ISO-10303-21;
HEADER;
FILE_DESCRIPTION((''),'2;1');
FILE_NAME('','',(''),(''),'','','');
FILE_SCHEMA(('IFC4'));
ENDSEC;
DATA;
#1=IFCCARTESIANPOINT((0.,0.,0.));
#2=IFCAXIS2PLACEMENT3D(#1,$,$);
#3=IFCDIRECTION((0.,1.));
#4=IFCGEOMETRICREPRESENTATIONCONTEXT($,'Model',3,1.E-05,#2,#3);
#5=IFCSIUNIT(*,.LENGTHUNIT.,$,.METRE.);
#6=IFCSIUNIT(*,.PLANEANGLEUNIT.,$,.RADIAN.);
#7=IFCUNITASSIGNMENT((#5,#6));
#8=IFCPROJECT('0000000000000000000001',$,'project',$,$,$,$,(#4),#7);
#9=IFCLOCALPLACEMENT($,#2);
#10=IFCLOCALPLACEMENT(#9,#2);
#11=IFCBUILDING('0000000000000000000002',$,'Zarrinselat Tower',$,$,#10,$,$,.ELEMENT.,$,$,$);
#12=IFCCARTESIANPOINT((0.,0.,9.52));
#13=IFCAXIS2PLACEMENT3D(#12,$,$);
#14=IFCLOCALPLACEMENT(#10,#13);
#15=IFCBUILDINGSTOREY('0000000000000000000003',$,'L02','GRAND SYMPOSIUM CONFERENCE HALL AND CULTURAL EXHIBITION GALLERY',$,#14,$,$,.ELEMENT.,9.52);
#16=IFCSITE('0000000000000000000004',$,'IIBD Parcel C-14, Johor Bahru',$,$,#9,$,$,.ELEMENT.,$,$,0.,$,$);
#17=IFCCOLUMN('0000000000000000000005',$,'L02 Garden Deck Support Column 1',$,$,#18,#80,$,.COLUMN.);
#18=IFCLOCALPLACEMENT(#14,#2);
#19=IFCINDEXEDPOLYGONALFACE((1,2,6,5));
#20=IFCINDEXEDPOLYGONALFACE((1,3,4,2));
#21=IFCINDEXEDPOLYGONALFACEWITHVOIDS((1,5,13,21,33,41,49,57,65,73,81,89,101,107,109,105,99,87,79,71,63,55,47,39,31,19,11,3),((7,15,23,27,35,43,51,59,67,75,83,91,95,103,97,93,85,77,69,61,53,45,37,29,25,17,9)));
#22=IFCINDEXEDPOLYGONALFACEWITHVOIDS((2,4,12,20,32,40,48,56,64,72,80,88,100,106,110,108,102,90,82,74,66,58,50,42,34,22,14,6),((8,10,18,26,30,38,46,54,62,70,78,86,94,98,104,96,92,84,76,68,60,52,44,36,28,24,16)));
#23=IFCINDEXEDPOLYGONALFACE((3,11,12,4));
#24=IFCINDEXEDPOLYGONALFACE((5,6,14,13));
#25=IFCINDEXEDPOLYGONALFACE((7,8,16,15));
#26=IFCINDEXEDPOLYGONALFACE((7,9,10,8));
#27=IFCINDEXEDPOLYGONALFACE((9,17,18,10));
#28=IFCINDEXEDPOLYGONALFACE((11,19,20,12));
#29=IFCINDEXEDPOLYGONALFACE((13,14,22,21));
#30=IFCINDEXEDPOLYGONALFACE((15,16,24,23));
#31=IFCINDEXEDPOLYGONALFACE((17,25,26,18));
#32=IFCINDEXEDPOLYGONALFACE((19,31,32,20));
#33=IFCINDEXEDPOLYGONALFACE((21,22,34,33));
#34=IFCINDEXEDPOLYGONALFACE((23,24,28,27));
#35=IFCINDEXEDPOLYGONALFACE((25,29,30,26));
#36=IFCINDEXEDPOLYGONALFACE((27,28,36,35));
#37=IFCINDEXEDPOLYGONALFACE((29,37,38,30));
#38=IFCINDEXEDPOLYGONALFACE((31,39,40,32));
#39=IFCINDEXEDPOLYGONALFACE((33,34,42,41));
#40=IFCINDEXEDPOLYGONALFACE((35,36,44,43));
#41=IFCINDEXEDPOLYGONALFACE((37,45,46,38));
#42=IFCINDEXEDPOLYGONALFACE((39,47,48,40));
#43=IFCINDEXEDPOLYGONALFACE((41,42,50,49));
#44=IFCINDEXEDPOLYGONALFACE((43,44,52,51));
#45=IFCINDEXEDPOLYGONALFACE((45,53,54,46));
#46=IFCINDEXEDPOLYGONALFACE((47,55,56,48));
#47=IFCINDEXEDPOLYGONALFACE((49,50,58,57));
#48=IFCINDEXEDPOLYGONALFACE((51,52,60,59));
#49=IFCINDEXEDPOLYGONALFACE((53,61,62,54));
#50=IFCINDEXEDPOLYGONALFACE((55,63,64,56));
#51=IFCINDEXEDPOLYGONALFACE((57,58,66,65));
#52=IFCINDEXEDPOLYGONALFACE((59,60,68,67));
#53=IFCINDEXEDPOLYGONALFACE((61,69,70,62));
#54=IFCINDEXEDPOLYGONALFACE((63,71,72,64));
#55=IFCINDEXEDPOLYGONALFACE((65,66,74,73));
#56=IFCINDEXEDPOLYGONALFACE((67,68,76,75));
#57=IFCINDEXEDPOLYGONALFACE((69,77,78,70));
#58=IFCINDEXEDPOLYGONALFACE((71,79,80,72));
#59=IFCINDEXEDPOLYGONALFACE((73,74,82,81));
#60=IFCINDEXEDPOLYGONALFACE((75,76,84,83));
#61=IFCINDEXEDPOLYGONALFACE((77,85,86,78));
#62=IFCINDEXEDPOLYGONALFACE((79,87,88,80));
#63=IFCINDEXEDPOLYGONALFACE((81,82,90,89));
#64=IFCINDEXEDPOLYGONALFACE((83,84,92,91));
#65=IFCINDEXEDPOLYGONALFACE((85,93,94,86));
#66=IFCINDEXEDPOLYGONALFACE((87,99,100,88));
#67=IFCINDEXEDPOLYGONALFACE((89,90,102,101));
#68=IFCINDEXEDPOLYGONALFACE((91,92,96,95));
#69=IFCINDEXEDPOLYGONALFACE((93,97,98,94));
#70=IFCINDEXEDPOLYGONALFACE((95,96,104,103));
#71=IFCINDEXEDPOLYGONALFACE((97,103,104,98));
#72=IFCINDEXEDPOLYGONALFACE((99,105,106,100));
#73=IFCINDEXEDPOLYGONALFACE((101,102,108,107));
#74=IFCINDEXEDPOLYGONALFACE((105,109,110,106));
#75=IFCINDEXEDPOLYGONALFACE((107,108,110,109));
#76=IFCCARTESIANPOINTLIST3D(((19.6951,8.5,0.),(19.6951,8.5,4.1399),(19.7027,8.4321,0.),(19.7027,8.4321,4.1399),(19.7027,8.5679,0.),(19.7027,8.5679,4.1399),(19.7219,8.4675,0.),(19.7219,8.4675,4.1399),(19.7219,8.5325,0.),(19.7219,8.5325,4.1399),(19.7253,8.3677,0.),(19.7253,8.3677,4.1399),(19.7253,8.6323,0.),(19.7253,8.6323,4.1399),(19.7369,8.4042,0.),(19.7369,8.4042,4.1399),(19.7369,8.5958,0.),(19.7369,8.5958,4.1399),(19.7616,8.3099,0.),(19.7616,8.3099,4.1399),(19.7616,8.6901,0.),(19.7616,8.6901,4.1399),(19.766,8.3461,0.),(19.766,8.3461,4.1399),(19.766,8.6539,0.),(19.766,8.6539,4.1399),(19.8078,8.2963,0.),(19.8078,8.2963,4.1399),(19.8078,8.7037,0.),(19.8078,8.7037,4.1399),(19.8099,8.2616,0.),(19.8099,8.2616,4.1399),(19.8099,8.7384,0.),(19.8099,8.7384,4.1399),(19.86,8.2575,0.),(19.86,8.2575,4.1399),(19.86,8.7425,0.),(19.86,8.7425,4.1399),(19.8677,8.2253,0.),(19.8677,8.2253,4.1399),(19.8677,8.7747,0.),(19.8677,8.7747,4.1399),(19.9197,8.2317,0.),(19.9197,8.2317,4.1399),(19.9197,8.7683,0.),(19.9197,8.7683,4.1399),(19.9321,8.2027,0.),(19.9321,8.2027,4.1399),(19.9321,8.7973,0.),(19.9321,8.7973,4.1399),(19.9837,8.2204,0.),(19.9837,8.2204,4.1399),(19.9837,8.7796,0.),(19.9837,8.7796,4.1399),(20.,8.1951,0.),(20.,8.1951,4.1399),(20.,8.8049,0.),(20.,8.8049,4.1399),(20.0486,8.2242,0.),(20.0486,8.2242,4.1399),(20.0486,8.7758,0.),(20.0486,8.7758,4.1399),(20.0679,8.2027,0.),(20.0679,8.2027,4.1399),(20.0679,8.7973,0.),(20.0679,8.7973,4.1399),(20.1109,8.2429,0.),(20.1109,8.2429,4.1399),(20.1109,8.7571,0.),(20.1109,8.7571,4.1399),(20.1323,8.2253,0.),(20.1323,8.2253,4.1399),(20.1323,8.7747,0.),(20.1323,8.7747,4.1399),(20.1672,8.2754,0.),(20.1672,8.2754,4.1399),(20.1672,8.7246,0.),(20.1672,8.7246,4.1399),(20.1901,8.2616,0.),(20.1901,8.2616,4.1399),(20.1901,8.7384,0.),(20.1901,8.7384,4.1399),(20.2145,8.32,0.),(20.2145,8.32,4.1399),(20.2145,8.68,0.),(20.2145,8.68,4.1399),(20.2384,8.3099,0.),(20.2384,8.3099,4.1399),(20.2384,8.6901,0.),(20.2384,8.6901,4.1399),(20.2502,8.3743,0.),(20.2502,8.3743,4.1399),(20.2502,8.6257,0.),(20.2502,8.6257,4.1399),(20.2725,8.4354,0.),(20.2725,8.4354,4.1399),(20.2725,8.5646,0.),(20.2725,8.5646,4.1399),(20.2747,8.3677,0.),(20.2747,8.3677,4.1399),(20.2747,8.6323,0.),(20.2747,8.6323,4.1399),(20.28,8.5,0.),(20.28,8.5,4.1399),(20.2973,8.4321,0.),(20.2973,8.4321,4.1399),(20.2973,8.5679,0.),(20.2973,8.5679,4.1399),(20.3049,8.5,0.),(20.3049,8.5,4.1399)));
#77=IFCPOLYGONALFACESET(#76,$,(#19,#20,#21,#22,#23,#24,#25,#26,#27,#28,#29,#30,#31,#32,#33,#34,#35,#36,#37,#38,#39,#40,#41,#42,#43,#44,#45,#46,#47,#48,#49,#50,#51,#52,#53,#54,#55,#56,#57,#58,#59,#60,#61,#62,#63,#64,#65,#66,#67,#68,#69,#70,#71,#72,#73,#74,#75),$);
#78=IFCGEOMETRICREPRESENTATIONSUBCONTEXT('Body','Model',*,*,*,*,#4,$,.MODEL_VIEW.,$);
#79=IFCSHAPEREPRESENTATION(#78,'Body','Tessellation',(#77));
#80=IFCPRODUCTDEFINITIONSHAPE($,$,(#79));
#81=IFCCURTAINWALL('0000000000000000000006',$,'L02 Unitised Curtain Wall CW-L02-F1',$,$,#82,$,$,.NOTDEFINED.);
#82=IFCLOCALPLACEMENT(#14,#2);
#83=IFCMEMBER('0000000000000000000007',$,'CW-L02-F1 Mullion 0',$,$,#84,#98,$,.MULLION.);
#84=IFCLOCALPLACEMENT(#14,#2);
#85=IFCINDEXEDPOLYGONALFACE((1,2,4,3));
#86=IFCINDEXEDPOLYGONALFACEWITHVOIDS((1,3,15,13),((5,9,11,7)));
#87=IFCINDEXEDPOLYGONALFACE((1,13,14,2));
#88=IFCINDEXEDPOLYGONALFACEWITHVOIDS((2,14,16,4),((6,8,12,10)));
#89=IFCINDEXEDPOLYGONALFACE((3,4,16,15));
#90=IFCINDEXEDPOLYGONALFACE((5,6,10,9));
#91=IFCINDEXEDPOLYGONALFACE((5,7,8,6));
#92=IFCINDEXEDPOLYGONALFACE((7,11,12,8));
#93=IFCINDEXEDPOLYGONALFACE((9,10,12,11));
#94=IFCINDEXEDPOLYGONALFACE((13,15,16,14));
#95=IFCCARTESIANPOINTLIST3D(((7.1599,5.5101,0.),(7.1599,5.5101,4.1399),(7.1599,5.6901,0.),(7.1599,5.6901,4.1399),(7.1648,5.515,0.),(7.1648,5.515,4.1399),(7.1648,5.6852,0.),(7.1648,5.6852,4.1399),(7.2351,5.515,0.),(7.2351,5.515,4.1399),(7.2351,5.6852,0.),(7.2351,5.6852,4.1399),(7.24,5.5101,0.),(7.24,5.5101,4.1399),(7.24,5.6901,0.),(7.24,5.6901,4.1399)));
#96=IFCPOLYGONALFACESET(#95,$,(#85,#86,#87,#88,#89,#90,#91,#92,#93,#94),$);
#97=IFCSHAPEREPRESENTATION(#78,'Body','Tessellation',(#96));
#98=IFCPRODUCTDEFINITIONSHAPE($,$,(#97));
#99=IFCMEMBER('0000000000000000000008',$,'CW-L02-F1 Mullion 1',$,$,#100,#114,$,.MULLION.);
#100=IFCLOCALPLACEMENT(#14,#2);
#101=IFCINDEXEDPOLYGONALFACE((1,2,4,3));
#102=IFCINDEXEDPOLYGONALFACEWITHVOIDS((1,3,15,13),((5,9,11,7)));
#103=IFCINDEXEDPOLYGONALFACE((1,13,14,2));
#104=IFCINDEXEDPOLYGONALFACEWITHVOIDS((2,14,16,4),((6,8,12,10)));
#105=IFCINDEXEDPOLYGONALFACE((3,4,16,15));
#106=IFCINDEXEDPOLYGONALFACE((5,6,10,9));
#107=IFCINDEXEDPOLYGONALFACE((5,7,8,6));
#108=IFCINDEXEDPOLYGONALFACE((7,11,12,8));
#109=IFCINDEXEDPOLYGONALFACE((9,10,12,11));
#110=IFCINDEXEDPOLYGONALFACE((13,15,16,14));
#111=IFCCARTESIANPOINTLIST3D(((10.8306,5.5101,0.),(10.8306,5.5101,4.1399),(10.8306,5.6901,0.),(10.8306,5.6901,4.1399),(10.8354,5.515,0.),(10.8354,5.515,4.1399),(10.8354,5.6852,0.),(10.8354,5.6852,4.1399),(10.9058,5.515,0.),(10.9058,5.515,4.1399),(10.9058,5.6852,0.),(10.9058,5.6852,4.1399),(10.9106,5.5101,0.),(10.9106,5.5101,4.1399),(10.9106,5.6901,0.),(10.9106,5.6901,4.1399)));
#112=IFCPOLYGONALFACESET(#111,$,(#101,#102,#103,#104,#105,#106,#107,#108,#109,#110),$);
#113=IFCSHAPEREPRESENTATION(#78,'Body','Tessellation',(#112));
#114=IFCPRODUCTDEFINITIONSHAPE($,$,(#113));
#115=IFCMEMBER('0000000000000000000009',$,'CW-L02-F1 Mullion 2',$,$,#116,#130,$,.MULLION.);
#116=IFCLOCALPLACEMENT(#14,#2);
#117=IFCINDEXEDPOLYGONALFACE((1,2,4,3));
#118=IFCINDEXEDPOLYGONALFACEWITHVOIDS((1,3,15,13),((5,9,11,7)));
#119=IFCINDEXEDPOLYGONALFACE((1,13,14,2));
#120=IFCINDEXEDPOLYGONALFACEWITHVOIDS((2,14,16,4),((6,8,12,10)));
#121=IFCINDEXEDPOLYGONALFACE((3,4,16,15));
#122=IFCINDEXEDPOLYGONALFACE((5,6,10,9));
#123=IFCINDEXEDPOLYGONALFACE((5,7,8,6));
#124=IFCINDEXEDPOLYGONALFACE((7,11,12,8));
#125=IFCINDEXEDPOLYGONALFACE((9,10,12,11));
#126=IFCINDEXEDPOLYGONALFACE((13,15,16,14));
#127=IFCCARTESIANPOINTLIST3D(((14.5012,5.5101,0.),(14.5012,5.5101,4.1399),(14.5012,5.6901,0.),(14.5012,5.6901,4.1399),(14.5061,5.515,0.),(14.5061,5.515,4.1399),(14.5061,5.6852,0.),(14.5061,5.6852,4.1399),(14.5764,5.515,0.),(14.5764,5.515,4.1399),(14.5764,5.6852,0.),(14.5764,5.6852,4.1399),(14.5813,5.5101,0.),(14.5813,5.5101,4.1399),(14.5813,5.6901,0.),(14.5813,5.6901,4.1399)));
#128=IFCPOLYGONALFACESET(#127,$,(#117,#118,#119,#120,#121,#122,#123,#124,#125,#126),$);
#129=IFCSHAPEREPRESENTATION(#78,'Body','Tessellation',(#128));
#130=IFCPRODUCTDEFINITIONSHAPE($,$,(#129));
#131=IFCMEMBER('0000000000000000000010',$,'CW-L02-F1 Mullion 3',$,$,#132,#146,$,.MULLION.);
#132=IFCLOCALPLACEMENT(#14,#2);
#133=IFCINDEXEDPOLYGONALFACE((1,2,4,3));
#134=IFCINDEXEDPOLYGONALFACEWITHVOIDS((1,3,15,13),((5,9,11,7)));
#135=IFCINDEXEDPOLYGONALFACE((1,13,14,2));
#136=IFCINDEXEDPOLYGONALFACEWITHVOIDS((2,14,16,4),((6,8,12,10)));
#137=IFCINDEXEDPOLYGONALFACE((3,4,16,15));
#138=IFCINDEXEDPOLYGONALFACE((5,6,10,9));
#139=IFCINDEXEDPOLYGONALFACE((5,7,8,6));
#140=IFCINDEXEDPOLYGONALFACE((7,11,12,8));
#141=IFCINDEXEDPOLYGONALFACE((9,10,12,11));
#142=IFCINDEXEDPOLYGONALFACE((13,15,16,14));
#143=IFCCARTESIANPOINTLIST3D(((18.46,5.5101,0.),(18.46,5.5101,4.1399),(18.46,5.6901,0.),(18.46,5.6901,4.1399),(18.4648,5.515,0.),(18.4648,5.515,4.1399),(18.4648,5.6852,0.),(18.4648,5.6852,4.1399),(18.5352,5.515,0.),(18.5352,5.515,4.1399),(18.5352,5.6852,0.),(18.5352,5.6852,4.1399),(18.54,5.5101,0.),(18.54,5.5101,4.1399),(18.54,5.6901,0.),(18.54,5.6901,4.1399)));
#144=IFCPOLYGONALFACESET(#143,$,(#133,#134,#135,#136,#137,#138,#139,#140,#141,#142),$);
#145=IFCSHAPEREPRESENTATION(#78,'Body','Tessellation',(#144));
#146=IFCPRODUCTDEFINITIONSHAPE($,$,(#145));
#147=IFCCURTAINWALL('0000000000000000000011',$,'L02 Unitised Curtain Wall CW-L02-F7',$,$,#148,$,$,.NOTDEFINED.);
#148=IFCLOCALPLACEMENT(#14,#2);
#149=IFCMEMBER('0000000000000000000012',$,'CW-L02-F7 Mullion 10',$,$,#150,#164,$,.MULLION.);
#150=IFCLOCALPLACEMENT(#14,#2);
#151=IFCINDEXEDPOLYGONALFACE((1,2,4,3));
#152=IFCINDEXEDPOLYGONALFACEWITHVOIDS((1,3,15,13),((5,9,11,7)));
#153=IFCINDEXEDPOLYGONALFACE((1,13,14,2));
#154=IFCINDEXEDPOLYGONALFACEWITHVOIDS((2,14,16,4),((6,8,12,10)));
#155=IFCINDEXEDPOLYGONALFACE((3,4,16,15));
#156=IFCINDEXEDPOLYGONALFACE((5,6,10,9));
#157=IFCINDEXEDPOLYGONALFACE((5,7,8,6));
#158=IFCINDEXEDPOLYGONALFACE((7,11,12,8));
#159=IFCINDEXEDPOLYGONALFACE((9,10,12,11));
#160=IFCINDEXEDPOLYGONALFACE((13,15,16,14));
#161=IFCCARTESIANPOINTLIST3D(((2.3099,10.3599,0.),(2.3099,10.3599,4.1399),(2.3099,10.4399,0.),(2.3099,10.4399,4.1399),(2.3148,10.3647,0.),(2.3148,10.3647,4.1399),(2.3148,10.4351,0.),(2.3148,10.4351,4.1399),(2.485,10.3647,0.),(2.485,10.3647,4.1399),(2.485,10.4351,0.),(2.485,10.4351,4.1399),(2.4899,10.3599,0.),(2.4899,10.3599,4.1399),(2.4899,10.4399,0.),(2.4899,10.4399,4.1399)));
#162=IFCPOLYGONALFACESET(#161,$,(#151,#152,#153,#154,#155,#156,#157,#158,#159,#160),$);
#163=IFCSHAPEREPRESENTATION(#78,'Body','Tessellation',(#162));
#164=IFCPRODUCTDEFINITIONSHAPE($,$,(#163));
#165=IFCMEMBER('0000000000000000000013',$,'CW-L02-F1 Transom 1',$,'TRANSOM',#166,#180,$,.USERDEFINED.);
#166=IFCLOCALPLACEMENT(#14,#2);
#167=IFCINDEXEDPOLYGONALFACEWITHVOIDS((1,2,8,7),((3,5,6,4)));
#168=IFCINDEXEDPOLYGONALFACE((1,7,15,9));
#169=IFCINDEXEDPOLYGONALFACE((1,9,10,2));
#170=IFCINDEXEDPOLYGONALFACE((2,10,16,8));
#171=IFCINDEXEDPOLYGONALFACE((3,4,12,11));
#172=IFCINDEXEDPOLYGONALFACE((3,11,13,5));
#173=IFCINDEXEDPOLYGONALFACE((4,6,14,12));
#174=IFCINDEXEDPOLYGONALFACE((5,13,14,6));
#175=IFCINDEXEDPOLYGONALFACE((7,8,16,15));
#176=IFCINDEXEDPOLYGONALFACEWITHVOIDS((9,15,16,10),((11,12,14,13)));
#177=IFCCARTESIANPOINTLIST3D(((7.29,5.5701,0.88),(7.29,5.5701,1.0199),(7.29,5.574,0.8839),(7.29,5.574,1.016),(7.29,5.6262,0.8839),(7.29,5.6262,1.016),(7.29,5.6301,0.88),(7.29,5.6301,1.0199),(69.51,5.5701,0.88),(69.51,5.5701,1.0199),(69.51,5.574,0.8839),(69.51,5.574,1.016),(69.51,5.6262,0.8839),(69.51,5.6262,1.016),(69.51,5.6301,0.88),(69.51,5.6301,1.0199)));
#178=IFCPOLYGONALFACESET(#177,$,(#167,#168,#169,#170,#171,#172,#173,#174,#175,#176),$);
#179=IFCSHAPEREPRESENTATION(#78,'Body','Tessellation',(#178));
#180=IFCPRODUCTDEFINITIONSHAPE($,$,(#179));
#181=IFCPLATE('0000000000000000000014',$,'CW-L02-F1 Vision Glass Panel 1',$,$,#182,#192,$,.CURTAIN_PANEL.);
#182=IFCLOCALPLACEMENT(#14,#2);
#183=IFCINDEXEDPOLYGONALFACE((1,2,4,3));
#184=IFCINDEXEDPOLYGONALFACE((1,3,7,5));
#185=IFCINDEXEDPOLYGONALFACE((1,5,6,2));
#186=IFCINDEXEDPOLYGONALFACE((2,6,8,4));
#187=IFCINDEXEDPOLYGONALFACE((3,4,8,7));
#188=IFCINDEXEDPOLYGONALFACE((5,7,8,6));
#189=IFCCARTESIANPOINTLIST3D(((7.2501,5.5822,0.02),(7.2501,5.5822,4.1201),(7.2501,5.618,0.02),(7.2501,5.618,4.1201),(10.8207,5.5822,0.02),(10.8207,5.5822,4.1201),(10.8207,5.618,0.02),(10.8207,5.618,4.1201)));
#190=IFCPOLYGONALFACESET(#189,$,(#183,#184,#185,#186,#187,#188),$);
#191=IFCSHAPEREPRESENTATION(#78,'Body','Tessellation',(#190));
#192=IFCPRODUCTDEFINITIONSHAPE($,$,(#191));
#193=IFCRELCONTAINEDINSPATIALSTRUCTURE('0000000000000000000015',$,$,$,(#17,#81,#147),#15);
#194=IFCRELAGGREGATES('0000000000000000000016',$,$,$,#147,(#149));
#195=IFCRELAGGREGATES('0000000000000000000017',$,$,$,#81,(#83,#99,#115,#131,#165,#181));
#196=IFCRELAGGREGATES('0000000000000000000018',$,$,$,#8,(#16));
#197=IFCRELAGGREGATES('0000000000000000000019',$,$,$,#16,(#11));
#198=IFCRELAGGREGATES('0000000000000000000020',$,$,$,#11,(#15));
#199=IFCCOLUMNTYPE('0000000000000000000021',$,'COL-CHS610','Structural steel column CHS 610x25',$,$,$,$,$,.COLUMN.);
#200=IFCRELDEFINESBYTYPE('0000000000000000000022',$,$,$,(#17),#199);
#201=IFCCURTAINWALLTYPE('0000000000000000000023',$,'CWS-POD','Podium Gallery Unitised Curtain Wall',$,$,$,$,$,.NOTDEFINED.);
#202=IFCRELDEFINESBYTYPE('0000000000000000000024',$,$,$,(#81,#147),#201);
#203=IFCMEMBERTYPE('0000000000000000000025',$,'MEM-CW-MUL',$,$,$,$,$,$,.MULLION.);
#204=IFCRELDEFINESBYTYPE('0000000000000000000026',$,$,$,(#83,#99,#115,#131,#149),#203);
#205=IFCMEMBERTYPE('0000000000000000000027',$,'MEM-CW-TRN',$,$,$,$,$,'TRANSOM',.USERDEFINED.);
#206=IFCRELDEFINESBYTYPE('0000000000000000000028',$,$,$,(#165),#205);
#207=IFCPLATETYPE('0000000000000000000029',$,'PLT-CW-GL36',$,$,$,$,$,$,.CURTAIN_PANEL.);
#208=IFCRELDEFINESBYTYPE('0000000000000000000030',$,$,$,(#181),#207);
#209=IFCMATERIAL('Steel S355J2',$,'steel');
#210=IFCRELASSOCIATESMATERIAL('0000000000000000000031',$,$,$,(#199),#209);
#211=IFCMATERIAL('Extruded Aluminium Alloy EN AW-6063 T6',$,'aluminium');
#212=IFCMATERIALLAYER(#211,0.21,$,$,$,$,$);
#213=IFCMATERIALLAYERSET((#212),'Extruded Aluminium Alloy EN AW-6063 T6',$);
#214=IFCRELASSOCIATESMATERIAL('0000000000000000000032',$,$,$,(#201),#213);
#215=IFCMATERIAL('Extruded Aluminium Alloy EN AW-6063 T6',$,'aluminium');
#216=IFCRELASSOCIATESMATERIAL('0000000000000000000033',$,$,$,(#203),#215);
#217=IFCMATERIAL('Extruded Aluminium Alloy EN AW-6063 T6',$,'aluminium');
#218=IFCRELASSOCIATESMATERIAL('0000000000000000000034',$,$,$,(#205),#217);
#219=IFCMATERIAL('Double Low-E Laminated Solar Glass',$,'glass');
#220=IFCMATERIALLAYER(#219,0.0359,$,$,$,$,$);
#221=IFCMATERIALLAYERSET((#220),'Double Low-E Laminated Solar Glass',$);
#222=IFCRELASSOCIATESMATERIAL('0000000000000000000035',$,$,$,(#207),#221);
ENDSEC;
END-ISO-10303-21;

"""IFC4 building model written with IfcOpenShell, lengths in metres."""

from ifc_helpers import new_model, si_unit, direction, frame, origin, origin_2d, place, context, subcontext, project, spatial, rectangle, hollow_rectangle, hollow_circle, extrude, material, layer, layer_set, material_profile, profile_set, type_object, element, aggregate, save


model = new_model("IFC4")

# Units and contexts
model_context = context("Model", 3, precision=1e-05, world=origin(), true_north=direction((0.0, 1.0)))
body_context = subcontext(model_context, "Body", "Model", "MODEL_VIEW")
ifc_project = project(units=[si_unit("LENGTHUNIT", "METRE"), si_unit("PLANEANGLEUNIT", "RADIAN")], contexts=[model_context])

# Site, building, storey
site_placement = place(None, origin())
site = spatial("IfcSite", under=ifc_project, at=site_placement, Name="IIBD Parcel C-14, Johor Bahru", CompositionType="ELEMENT", RefElevation=0.0)
building_placement = place(site_placement, origin())
building = spatial("IfcBuilding", under=site, at=building_placement, Name="Zarrinselat Tower", CompositionType="ELEMENT")
storey_placement = place(building_placement, frame((0.0, 0.0, 9.52)))
storey = spatial("IfcBuildingStorey", under=building, at=storey_placement, Name="L02", Description="GRAND SYMPOSIUM CONFERENCE HALL AND CULTURAL EXHIBITION GALLERY", CompositionType="ELEMENT", Elevation=9.52)

# Column
ifc_material_1 = material(Name="Steel S355J2", Category="steel")
ifc_material_profile_1 = material_profile(ifc_material_1, hollow_circle(Radius=0.3049, WallThickness=0.0249, at=origin_2d()), Name="CHS 610x25")
ifc_profile_set_1 = profile_set([ifc_material_profile_1], Name="Steel S355J2")
column_type = type_object("IfcColumnType", Name="COL-CHS610", Description="Structural steel column CHS 610x25", PredefinedType="COLUMN", material=ifc_profile_set_1)
column_placement = place(storey_placement, frame((20.0, 8.5, 0.0), z_axis=(0.0, 0.0, 1.0), x_axis=(1.0, 0.0, 0.0)))
element("IfcColumn", 1, at=column_placement, inside=storey, type_object=column_type, Name="L02 Garden Deck Support Column 1", PredefinedType="COLUMN", context=body_context, shape_type="SweptSolid", body=[
    extrude(hollow_circle(Radius=0.3049, WallThickness=0.0249, at=origin_2d()), origin(), (0.0, 0.0, 1.0), 4.1399),
])

# Curtain wall, members
ifc_material_2 = material(Name="Extruded Aluminium Alloy EN AW-6063 T6", Category="aluminium")
ifc_layer_1 = layer(ifc_material_2, 0.21)
ifc_layer_set_1 = layer_set([ifc_layer_1], Name="Extruded Aluminium Alloy EN AW-6063 T6")
curtain_wall_type = type_object("IfcCurtainWallType", Name="CWS-POD", Description="Podium Gallery Unitised Curtain Wall", PredefinedType="NOTDEFINED", material=ifc_layer_set_1)
curtain_wall_1_placement = place(storey_placement, origin())
curtain_wall_1 = element("IfcCurtainWall", 2, at=curtain_wall_1_placement, inside=storey, type_object=curtain_wall_type, Name="L02 Unitised Curtain Wall CW-L02-F1", PredefinedType="NOTDEFINED")
ifc_material_3 = material(Name="Extruded Aluminium Alloy EN AW-6063 T6", Category="aluminium")
ifc_material_profile_2 = material_profile(ifc_material_3, hollow_rectangle(XDim=0.0801, YDim=0.1799, WallThickness=0.0049, at=origin_2d()), Name="RHS 180x80x5")
ifc_profile_set_2 = profile_set([ifc_material_profile_2], Name="Extruded Aluminium Alloy EN AW-6063 T6")
member_type_1 = type_object("IfcMemberType", Name="MEM-CW-MUL", PredefinedType="MULLION", material=ifc_profile_set_2)
member_1_placement = place(storey_placement, frame((7.2, 5.6001, 0.0), z_axis=(0.0, 0.0, 1.0), x_axis=(1.0, 0.0, 0.0)))
member_1 = element("IfcMember", 3, at=member_1_placement, type_object=member_type_1, Name="CW-L02-F1 Mullion 0", PredefinedType="MULLION", context=body_context, shape_type="SweptSolid", body=[
    extrude(hollow_rectangle(XDim=0.0801, YDim=0.1799, WallThickness=0.0049, at=origin_2d()), origin(), (0.0, 0.0, 1.0), 4.1399),
])
member_2_placement = place(storey_placement, frame((10.8706, 5.6001, 0.0), z_axis=(0.0, 0.0, 1.0), x_axis=(1.0, 0.0, 0.0)))
member_2 = element("IfcMember", 4, at=member_2_placement, type_object=member_type_1, Name="CW-L02-F1 Mullion 1", PredefinedType="MULLION", context=body_context, shape_type="SweptSolid", body=[
    extrude(hollow_rectangle(XDim=0.0801, YDim=0.1799, WallThickness=0.0049, at=origin_2d()), origin(), (0.0, 0.0, 1.0), 4.1399),
])
member_3_placement = place(storey_placement, frame((14.5413, 5.6001, 0.0), z_axis=(0.0, 0.0, 1.0), x_axis=(1.0, 0.0, 0.0)))
member_3 = element("IfcMember", 5, at=member_3_placement, type_object=member_type_1, Name="CW-L02-F1 Mullion 2", PredefinedType="MULLION", context=body_context, shape_type="SweptSolid", body=[
    extrude(hollow_rectangle(XDim=0.0801, YDim=0.1799, WallThickness=0.0049, at=origin_2d()), origin(), (0.0, 0.0, 1.0), 4.1399),
])
member_4_placement = place(storey_placement, frame((18.5, 5.6001, 0.0), z_axis=(0.0, 0.0, 1.0), x_axis=(1.0, 0.0, 0.0)))
member_4 = element("IfcMember", 6, at=member_4_placement, type_object=member_type_1, Name="CW-L02-F1 Mullion 3", PredefinedType="MULLION", context=body_context, shape_type="SweptSolid", body=[
    extrude(hollow_rectangle(XDim=0.0801, YDim=0.1799, WallThickness=0.0049, at=origin_2d()), origin(), (0.0, 0.0, 1.0), 4.1399),
])

# Curtain wall, member
curtain_wall_2_placement = place(storey_placement, origin())
curtain_wall_2 = element("IfcCurtainWall", 7, at=curtain_wall_2_placement, inside=storey, type_object=curtain_wall_type, Name="L02 Unitised Curtain Wall CW-L02-F7", PredefinedType="NOTDEFINED")
member_5_placement = place(storey_placement, frame((2.3999, 10.3999, 0.0), z_axis=(0.0, 0.0, 1.0), x_axis=(0.0, -1.0, 0.0)))
member_5 = element("IfcMember", 8, at=member_5_placement, type_object=member_type_1, Name="CW-L02-F7 Mullion 10", PredefinedType="MULLION", context=body_context, shape_type="SweptSolid", body=[
    extrude(hollow_rectangle(XDim=0.0801, YDim=0.1799, WallThickness=0.0049, at=origin_2d()), origin(), (0.0, 0.0, 1.0), 4.1399),
])
aggregate(curtain_wall_2, [member_5])

# Member
ifc_material_4 = material(Name="Extruded Aluminium Alloy EN AW-6063 T6", Category="aluminium")
ifc_material_profile_3 = material_profile(ifc_material_4, hollow_rectangle(XDim=0.0601, YDim=0.1399, WallThickness=0.0039, at=origin_2d()), Name="RHS 140x60x4")
ifc_profile_set_3 = profile_set([ifc_material_profile_3], Name="Extruded Aluminium Alloy EN AW-6063 T6")
member_type_2 = type_object("IfcMemberType", Name="MEM-CW-TRN", ElementType="TRANSOM", PredefinedType="USERDEFINED", material=ifc_profile_set_3)
member_6_placement = place(storey_placement, frame((7.29, 5.6001, 0.95), z_axis=(1.0, 0.0, 0.0), x_axis=(0.0, 1.0, 0.0)))
member_6 = element("IfcMember", 9, at=member_6_placement, type_object=member_type_2, Name="CW-L02-F1 Transom 1", ObjectType="TRANSOM", PredefinedType="USERDEFINED", context=body_context, shape_type="SweptSolid", body=[
    extrude(hollow_rectangle(XDim=0.0601, YDim=0.1399, WallThickness=0.0039, at=origin_2d()), origin(), (0.0, 0.0, 1.0), 62.22),
])

# Plate
ifc_material_5 = material(Name="Double Low-E Laminated Solar Glass", Category="glass")
ifc_layer_2 = layer(ifc_material_5, 0.0359)
ifc_layer_set_2 = layer_set([ifc_layer_2], Name="Double Low-E Laminated Solar Glass")
plate_type = type_object("IfcPlateType", Name="PLT-CW-GL36", PredefinedType="CURTAIN_PANEL", material=ifc_layer_set_2)
plate_1_placement = place(storey_placement, frame((9.0354, 5.6001, 0.02), z_axis=(0.0, 0.0, 1.0), x_axis=(1.0, 0.0, 0.0)))
plate_1 = element("IfcPlate", 10, at=plate_1_placement, type_object=plate_type, Name="CW-L02-F1 Vision Glass Panel 1", PredefinedType="CURTAIN_PANEL", context=body_context, shape_type="SweptSolid", body=[
    extrude(rectangle(XDim=3.5706, YDim=0.0359, at=origin_2d()), origin(), (0.0, 0.0, 1.0), 4.1001),
])
aggregate(curtain_wall_1, [member_1, member_2, member_3, member_4, member_6, plate_1])

save(model, "model.ifc")
